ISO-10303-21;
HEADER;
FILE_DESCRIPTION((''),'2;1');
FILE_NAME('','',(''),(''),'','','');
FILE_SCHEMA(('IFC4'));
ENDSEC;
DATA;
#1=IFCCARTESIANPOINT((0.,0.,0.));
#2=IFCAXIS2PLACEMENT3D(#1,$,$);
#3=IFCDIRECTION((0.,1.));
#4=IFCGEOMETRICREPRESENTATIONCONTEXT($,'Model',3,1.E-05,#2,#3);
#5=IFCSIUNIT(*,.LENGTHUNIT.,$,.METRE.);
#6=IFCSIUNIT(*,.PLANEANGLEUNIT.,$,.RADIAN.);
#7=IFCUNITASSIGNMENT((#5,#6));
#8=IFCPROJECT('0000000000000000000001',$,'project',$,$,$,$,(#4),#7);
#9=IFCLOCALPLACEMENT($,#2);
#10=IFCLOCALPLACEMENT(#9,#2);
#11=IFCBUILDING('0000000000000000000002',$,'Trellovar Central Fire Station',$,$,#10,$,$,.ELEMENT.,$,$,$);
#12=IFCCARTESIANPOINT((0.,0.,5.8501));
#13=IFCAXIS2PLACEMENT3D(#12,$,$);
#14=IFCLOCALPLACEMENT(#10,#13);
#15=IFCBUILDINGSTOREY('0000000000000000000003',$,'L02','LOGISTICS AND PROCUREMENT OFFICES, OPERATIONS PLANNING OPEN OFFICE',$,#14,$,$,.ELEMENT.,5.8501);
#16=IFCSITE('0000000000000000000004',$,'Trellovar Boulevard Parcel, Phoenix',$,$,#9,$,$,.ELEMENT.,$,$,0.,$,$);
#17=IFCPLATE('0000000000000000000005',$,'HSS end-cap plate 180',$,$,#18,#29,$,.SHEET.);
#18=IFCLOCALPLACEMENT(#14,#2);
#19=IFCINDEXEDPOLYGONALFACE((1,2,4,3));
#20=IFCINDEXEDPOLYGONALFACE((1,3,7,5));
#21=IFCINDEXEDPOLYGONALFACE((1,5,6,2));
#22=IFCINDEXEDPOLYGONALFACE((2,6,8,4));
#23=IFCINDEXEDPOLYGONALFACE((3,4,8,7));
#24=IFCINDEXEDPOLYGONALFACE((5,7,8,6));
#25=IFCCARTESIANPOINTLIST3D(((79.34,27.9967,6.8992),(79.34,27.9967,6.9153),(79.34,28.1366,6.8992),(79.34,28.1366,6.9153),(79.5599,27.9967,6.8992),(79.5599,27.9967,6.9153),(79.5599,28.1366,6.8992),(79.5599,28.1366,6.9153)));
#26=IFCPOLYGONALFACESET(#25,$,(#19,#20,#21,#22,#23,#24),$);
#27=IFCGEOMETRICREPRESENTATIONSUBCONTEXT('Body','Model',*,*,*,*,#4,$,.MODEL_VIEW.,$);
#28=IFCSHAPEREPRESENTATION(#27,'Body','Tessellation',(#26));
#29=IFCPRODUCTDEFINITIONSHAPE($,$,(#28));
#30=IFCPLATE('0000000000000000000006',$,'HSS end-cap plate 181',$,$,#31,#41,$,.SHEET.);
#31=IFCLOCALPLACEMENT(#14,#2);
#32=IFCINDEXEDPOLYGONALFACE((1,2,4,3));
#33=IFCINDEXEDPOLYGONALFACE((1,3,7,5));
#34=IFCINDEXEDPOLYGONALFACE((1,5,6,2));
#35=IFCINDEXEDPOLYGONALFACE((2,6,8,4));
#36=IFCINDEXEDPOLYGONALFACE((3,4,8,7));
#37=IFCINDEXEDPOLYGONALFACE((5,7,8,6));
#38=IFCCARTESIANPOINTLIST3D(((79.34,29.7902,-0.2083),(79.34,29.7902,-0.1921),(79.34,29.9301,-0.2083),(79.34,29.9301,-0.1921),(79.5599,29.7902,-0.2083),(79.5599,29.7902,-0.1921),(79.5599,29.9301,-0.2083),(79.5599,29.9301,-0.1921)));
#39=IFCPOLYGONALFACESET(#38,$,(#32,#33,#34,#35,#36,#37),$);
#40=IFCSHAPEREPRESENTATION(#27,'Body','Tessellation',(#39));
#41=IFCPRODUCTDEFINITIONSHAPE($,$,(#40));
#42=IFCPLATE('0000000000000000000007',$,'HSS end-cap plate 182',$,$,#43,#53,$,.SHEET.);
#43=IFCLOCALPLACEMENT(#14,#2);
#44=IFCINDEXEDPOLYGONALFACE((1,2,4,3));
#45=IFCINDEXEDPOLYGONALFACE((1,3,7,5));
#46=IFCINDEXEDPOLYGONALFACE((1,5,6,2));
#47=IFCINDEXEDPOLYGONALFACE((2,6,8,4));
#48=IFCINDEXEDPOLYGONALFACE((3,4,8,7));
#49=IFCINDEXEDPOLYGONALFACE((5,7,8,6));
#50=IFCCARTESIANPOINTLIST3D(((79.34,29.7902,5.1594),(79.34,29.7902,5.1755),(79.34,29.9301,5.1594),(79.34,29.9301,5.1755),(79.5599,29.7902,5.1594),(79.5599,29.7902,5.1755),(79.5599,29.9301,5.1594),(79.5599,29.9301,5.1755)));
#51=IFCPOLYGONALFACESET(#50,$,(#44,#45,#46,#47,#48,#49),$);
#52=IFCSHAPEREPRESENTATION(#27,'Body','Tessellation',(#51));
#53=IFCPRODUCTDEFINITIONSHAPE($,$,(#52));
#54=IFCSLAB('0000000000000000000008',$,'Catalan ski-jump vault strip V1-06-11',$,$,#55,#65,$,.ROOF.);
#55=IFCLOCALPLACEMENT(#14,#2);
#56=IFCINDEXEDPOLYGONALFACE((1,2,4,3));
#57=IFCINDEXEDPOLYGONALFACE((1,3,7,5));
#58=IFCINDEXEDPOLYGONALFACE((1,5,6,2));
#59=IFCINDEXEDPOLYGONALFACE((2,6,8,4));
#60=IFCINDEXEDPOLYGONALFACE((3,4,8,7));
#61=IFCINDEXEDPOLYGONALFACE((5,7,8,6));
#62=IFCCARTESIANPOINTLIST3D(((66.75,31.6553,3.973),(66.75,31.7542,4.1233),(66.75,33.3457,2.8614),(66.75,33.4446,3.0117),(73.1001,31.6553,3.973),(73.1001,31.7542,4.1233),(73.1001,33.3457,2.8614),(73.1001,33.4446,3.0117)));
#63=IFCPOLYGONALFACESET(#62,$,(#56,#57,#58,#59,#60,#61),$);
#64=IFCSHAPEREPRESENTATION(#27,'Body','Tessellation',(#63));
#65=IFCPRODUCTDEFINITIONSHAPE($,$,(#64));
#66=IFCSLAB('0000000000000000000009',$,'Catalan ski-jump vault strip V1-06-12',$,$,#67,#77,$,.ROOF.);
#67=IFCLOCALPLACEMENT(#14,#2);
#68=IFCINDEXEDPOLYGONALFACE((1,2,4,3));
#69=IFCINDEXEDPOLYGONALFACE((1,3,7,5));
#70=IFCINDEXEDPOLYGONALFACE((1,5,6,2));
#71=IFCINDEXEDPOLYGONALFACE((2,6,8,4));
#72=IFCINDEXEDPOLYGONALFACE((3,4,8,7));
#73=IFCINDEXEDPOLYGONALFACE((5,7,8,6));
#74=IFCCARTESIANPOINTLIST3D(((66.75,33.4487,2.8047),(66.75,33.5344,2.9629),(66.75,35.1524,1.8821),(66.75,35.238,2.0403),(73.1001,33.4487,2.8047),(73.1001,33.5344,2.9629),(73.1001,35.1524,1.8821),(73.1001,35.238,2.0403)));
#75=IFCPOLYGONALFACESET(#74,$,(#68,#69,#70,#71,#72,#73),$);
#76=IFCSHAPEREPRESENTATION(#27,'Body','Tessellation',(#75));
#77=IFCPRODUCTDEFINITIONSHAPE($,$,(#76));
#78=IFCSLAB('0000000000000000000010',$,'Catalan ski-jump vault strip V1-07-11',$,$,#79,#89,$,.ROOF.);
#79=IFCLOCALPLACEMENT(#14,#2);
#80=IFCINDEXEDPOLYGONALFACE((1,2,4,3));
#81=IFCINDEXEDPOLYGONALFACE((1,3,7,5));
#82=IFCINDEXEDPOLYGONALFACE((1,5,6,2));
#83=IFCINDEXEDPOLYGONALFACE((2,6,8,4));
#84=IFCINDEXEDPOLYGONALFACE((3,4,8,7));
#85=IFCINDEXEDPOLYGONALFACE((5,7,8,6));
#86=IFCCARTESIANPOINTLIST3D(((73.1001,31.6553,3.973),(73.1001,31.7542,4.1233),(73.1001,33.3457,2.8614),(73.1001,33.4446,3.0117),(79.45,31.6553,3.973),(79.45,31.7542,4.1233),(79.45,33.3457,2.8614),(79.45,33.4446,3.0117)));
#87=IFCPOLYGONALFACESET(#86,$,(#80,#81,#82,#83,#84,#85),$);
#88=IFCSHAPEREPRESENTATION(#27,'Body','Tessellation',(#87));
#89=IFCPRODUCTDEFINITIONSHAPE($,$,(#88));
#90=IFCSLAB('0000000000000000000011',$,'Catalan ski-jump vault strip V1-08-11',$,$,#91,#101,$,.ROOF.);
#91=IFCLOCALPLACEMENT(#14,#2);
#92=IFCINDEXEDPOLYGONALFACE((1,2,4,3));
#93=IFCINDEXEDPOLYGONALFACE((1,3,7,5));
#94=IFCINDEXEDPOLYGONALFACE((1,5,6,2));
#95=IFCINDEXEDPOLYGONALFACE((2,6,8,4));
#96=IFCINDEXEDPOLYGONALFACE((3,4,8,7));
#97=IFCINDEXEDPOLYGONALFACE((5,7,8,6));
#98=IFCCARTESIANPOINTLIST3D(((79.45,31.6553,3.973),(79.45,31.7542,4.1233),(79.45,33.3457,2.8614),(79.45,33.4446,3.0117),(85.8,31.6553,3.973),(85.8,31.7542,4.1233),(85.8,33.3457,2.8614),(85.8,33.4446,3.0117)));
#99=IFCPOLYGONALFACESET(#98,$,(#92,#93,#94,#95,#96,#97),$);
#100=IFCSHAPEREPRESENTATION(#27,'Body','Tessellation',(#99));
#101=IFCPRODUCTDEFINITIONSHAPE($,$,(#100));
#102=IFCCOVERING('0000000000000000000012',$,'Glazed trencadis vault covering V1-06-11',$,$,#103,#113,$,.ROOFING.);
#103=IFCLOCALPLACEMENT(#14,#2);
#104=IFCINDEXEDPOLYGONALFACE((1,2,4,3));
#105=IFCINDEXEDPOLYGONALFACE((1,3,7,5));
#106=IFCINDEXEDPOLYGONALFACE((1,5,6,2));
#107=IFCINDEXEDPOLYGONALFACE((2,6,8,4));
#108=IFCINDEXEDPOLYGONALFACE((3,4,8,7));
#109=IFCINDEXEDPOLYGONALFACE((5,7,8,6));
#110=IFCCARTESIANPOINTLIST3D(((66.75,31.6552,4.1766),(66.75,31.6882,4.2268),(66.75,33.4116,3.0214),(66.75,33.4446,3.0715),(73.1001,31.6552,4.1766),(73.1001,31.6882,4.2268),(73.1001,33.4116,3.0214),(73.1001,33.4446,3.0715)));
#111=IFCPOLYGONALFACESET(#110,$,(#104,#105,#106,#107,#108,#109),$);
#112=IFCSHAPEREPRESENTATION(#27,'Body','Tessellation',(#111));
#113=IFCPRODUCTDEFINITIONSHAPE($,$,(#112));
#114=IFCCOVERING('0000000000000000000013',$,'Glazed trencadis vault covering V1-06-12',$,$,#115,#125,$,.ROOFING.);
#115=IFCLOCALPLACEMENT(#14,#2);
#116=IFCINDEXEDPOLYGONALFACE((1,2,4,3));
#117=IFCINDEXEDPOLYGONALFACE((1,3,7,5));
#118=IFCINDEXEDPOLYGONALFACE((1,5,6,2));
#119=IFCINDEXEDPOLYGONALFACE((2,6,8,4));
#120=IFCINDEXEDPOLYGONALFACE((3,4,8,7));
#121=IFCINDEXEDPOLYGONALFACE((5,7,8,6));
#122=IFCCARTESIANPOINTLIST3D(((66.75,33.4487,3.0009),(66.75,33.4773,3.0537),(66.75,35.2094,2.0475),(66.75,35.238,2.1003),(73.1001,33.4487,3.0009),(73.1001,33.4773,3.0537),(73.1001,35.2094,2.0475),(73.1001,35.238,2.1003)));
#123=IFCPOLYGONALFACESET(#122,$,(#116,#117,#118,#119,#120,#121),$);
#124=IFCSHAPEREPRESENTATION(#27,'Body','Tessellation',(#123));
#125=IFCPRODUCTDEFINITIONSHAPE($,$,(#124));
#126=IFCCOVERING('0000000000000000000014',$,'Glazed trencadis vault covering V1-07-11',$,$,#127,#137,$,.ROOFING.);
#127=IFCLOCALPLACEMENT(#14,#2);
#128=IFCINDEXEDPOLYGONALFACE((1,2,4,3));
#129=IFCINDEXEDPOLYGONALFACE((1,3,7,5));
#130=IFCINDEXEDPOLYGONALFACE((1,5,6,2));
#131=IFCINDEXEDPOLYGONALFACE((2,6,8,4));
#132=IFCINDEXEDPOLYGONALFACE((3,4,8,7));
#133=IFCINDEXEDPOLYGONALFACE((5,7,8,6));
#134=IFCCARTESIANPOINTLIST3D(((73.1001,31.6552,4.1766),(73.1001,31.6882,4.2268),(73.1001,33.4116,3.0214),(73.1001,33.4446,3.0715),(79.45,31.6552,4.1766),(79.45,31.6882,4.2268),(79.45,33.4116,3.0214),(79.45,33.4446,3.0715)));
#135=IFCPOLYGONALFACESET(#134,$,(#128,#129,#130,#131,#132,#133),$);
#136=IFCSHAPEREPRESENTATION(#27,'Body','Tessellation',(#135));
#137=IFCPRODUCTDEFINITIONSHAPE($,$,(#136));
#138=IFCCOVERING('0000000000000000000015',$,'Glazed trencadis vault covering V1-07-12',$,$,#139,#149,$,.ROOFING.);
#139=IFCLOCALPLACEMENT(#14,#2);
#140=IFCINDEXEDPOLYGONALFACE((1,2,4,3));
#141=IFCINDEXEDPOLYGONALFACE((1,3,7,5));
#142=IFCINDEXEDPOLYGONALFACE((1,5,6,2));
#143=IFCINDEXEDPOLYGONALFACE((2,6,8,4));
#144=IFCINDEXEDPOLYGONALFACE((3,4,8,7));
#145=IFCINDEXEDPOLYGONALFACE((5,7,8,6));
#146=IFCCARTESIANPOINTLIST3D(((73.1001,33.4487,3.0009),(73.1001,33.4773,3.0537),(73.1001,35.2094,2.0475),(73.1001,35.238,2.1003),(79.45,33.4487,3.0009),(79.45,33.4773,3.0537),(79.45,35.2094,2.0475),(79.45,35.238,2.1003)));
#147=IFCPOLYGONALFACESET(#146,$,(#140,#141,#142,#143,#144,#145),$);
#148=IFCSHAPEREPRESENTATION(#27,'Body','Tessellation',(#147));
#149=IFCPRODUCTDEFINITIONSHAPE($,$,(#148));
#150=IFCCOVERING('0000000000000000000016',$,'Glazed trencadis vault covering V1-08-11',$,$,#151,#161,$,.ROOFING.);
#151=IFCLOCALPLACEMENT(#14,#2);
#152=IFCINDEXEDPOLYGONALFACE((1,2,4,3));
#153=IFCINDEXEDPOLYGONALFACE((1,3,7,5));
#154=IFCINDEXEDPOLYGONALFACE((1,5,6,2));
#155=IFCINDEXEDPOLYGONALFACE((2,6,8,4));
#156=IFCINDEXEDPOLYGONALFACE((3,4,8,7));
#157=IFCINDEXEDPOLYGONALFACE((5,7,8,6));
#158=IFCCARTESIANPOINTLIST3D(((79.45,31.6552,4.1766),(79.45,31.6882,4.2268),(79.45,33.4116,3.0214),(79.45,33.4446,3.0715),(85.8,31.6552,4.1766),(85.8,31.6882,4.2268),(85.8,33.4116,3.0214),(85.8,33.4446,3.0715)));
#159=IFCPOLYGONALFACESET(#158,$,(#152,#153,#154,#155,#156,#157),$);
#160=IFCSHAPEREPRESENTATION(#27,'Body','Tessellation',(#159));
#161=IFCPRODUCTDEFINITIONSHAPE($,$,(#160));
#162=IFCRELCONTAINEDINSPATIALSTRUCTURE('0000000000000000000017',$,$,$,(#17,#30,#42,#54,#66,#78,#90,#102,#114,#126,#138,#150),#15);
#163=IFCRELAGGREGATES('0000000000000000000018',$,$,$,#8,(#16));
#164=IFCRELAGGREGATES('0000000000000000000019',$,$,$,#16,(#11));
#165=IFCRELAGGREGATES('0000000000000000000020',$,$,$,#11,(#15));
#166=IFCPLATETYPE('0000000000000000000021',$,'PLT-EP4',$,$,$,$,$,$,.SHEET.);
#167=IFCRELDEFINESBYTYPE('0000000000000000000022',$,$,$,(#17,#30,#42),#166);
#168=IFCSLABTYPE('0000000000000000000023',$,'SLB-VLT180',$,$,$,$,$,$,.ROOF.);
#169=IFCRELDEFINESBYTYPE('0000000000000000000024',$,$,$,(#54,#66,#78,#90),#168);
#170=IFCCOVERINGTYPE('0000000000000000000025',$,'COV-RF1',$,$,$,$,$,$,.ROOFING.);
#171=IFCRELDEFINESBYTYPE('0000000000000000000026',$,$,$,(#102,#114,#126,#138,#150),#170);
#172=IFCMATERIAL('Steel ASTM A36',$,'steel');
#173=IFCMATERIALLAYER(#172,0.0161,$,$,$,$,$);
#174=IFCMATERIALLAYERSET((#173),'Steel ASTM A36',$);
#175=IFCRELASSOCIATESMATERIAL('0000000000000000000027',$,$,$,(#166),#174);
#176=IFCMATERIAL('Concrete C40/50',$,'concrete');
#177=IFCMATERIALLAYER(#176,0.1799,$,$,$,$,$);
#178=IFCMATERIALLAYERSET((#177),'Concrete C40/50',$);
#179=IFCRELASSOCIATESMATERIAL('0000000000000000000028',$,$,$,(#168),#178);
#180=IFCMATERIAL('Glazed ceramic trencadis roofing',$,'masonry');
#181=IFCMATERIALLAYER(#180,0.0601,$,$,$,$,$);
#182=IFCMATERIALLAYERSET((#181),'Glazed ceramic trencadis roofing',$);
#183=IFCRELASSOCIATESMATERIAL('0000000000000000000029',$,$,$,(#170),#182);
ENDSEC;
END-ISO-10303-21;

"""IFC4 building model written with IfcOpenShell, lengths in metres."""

from ifc_helpers import new_model, si_unit, direction, frame, origin, origin_2d, place, context, subcontext, project, spatial, polyline, rectangle, outline, extrude, material, layer, layer_set, type_object, element, save


model = new_model("IFC4")

# Units and contexts
model_context = context("Model", 3, precision=1e-05, world=origin(), true_north=direction((0.0, 1.0)))
body_context = subcontext(model_context, "Body", "Model", "MODEL_VIEW")
ifc_project = project(units=[si_unit("LENGTHUNIT", "METRE"), si_unit("PLANEANGLEUNIT", "RADIAN")], contexts=[model_context])

# Site, building, storey
site_placement = place(None, origin())
site = spatial("IfcSite", under=ifc_project, at=site_placement, Name="Trellovar Boulevard Parcel, Phoenix", CompositionType="ELEMENT", RefElevation=0.0)
building_placement = place(site_placement, origin())
building = spatial("IfcBuilding", under=site, at=building_placement, Name="Trellovar Central Fire Station", CompositionType="ELEMENT")
storey_placement = place(building_placement, frame((0.0, 0.0, 5.8501)))
storey = spatial("IfcBuildingStorey", under=building, at=storey_placement, Name="L02", Description="LOGISTICS AND PROCUREMENT OFFICES, OPERATIONS PLANNING OPEN OFFICE", CompositionType="ELEMENT", Elevation=5.8501)

# Plates
ifc_material_1 = material(Name="Steel ASTM A36", Category="steel")
ifc_layer_1 = layer(ifc_material_1, 0.0161)
ifc_layer_set_1 = layer_set([ifc_layer_1], Name="Steel ASTM A36")
plate_type = type_object("IfcPlateType", Name="PLT-EP4", PredefinedType="SHEET", material=ifc_layer_set_1)
for number, where, z_axis, x_axis, name in (
    (1, (79.45, 28.0667, 6.8992), (0.0, 0.0, 1.0), (1.0, 0.0, 0.0), "HSS end-cap plate 180"),
    (2, (79.45, 29.8601, -0.2083), (0.0, 0.0, 1.0), (1.0, 0.0, 0.0), "HSS end-cap plate 181"),
    (3, (79.45, 29.8601, 5.1594), (0.0, 0.0, 1.0), (1.0, 0.0, 0.0), "HSS end-cap plate 182"),
):
    element("IfcPlate", number, at=place(storey_placement, frame(where, z_axis=z_axis, x_axis=x_axis)), inside=storey, type_object=plate_type, Name=name, PredefinedType="SHEET", context=body_context, shape_type="SweptSolid", body=[
        extrude(rectangle(XDim=0.22, YDim=0.1399, at=origin_2d()), origin(), (0.0, 0.0, 1.0), 0.0161),
    ])

# Slabs
ifc_material_2 = material(Name="Concrete C40/50", Category="concrete")
ifc_layer_2 = layer(ifc_material_2, 0.1799)
ifc_layer_set_2 = layer_set([ifc_layer_2], Name="Concrete C40/50")
slab_type = type_object("IfcSlabType", Name="SLB-VLT180", PredefinedType="ROOF", material=ifc_layer_set_2)
slab_1_placement = place(storey_placement, frame((66.75, 31.7542, 4.1233), z_axis=(0.0, 0.549426, 0.835542), x_axis=(1.0, 0.0, 0.0)))
element("IfcSlab", 4, at=slab_1_placement, inside=storey, type_object=slab_type, Name="Catalan ski-jump vault strip V1-06-11", PredefinedType="ROOF", context=body_context, shape_type="SweptSolid", body=[
    extrude(outline(polyline([(0.0, 0.0), (6.3501, 0.0), (6.3501, 2.0232), (0.0, 2.0232), (0.0, 0.0)])), origin(), (0.0, 0.0, -1.0), 0.1799),
])
slab_2_placement = place(storey_placement, frame((66.75, 33.5344, 2.9629), z_axis=(0.0, 0.47621, 0.879332), x_axis=(1.0, 0.0, 0.0)))
element("IfcSlab", 5, at=slab_2_placement, inside=storey, type_object=slab_type, Name="Catalan ski-jump vault strip V1-06-12", PredefinedType="ROOF", context=body_context, shape_type="SweptSolid", body=[
    extrude(outline(polyline([(0.0, 0.0), (6.3501, 0.0), (6.3501, 1.9374), (0.0, 1.9374), (0.0, 0.0)])), origin(), (0.0, 0.0, -1.0), 0.1799),
])
slab_3_placement = place(storey_placement, frame((73.1001, 31.7542, 4.1233), z_axis=(0.0, 0.549426, 0.835542), x_axis=(1.0, 0.0, 0.0)))
element("IfcSlab", 6, at=slab_3_placement, inside=storey, type_object=slab_type, Name="Catalan ski-jump vault strip V1-07-11", PredefinedType="ROOF", context=body_context, shape_type="SweptSolid", body=[
    extrude(outline(polyline([(0.0, 0.0), (6.3499, 0.0), (6.3499, 2.0232), (0.0, 2.0232), (0.0, 0.0)])), origin(), (0.0, 0.0, -1.0), 0.1799),
])
slab_4_placement = place(storey_placement, frame((79.45, 31.7542, 4.1233), z_axis=(0.0, 0.549426, 0.835542), x_axis=(1.0, 0.0, 0.0)))
element("IfcSlab", 7, at=slab_4_placement, inside=storey, type_object=slab_type, Name="Catalan ski-jump vault strip V1-08-11", PredefinedType="ROOF", context=body_context, shape_type="SweptSolid", body=[
    extrude(outline(polyline([(0.0, 0.0), (6.3501, 0.0), (6.3501, 2.0232), (0.0, 2.0232), (0.0, 0.0)])), origin(), (0.0, 0.0, -1.0), 0.1799),
])

# Coverings
ifc_material_3 = material(Name="Glazed ceramic trencadis roofing", Category="masonry")
ifc_layer_3 = layer(ifc_material_3, 0.0601)
ifc_layer_set_3 = layer_set([ifc_layer_3], Name="Glazed ceramic trencadis roofing")
covering_type = type_object("IfcCoveringType", Name="COV-RF1", PredefinedType="ROOFING", material=ifc_layer_set_3)
covering_1_placement = place(storey_placement, frame((66.75, 31.6882, 4.2268), z_axis=(0.0, 0.549544, 0.835465), x_axis=(1.0, 0.0, 0.0)))
element("IfcCovering", 8, at=covering_1_placement, inside=storey, type_object=covering_type, Name="Glazed trencadis vault covering V1-06-11", PredefinedType="ROOFING", context=body_context, shape_type="SweptSolid", body=[
    extrude(outline(polyline([(0.0, 0.0), (6.3501, 0.0), (6.3501, 2.1022), (0.0, 2.1022), (0.0, 0.0)])), origin(), (0.0, 0.0, -1.0), 0.0601),
])
covering_2_placement = place(storey_placement, frame((66.75, 33.4773, 3.0537), z_axis=(0.0, 0.476142, 0.879369), x_axis=(1.0, 0.0, 0.0)))
element("IfcCovering", 9, at=covering_2_placement, inside=storey, type_object=covering_type, Name="Glazed trencadis vault covering V1-06-12", PredefinedType="ROOFING", context=body_context, shape_type="SweptSolid", body=[
    extrude(outline(polyline([(0.0, 0.0), (6.3501, 0.0), (6.3501, 2.0023), (0.0, 2.0023), (0.0, 0.0)])), origin(), (0.0, 0.0, -1.0), 0.0601),
])
covering_3_placement = place(storey_placement, frame((73.1001, 31.6882, 4.2268), z_axis=(0.0, 0.549544, 0.835465), x_axis=(1.0, 0.0, 0.0)))
element("IfcCovering", 10, at=covering_3_placement, inside=storey, type_object=covering_type, Name="Glazed trencadis vault covering V1-07-11", PredefinedType="ROOFING", context=body_context, shape_type="SweptSolid", body=[
    extrude(outline(polyline([(0.0, 0.0), (6.3499, 0.0), (6.3499, 2.1022), (0.0, 2.1022), (0.0, 0.0)])), origin(), (0.0, 0.0, -1.0), 0.0601),
])
covering_4_placement = place(storey_placement, frame((73.1001, 33.4773, 3.0537), z_axis=(0.0, 0.476142, 0.879369), x_axis=(1.0, 0.0, 0.0)))
element("IfcCovering", 11, at=covering_4_placement, inside=storey, type_object=covering_type, Name="Glazed trencadis vault covering V1-07-12", PredefinedType="ROOFING", context=body_context, shape_type="SweptSolid", body=[
    extrude(outline(polyline([(0.0, 0.0), (6.3499, 0.0), (6.3499, 2.0023), (0.0, 2.0023), (0.0, 0.0)])), origin(), (0.0, 0.0, -1.0), 0.0601),
])
covering_5_placement = place(storey_placement, frame((79.45, 31.6882, 4.2268), z_axis=(0.0, 0.549544, 0.835465), x_axis=(1.0, 0.0, 0.0)))
element("IfcCovering", 12, at=covering_5_placement, inside=storey, type_object=covering_type, Name="Glazed trencadis vault covering V1-08-11", PredefinedType="ROOFING", context=body_context, shape_type="SweptSolid", body=[
    extrude(outline(polyline([(0.0, 0.0), (6.3501, 0.0), (6.3501, 2.1022), (0.0, 2.1022), (0.0, 0.0)])), origin(), (0.0, 0.0, -1.0), 0.0601),
])

save(model, "model.ifc")
